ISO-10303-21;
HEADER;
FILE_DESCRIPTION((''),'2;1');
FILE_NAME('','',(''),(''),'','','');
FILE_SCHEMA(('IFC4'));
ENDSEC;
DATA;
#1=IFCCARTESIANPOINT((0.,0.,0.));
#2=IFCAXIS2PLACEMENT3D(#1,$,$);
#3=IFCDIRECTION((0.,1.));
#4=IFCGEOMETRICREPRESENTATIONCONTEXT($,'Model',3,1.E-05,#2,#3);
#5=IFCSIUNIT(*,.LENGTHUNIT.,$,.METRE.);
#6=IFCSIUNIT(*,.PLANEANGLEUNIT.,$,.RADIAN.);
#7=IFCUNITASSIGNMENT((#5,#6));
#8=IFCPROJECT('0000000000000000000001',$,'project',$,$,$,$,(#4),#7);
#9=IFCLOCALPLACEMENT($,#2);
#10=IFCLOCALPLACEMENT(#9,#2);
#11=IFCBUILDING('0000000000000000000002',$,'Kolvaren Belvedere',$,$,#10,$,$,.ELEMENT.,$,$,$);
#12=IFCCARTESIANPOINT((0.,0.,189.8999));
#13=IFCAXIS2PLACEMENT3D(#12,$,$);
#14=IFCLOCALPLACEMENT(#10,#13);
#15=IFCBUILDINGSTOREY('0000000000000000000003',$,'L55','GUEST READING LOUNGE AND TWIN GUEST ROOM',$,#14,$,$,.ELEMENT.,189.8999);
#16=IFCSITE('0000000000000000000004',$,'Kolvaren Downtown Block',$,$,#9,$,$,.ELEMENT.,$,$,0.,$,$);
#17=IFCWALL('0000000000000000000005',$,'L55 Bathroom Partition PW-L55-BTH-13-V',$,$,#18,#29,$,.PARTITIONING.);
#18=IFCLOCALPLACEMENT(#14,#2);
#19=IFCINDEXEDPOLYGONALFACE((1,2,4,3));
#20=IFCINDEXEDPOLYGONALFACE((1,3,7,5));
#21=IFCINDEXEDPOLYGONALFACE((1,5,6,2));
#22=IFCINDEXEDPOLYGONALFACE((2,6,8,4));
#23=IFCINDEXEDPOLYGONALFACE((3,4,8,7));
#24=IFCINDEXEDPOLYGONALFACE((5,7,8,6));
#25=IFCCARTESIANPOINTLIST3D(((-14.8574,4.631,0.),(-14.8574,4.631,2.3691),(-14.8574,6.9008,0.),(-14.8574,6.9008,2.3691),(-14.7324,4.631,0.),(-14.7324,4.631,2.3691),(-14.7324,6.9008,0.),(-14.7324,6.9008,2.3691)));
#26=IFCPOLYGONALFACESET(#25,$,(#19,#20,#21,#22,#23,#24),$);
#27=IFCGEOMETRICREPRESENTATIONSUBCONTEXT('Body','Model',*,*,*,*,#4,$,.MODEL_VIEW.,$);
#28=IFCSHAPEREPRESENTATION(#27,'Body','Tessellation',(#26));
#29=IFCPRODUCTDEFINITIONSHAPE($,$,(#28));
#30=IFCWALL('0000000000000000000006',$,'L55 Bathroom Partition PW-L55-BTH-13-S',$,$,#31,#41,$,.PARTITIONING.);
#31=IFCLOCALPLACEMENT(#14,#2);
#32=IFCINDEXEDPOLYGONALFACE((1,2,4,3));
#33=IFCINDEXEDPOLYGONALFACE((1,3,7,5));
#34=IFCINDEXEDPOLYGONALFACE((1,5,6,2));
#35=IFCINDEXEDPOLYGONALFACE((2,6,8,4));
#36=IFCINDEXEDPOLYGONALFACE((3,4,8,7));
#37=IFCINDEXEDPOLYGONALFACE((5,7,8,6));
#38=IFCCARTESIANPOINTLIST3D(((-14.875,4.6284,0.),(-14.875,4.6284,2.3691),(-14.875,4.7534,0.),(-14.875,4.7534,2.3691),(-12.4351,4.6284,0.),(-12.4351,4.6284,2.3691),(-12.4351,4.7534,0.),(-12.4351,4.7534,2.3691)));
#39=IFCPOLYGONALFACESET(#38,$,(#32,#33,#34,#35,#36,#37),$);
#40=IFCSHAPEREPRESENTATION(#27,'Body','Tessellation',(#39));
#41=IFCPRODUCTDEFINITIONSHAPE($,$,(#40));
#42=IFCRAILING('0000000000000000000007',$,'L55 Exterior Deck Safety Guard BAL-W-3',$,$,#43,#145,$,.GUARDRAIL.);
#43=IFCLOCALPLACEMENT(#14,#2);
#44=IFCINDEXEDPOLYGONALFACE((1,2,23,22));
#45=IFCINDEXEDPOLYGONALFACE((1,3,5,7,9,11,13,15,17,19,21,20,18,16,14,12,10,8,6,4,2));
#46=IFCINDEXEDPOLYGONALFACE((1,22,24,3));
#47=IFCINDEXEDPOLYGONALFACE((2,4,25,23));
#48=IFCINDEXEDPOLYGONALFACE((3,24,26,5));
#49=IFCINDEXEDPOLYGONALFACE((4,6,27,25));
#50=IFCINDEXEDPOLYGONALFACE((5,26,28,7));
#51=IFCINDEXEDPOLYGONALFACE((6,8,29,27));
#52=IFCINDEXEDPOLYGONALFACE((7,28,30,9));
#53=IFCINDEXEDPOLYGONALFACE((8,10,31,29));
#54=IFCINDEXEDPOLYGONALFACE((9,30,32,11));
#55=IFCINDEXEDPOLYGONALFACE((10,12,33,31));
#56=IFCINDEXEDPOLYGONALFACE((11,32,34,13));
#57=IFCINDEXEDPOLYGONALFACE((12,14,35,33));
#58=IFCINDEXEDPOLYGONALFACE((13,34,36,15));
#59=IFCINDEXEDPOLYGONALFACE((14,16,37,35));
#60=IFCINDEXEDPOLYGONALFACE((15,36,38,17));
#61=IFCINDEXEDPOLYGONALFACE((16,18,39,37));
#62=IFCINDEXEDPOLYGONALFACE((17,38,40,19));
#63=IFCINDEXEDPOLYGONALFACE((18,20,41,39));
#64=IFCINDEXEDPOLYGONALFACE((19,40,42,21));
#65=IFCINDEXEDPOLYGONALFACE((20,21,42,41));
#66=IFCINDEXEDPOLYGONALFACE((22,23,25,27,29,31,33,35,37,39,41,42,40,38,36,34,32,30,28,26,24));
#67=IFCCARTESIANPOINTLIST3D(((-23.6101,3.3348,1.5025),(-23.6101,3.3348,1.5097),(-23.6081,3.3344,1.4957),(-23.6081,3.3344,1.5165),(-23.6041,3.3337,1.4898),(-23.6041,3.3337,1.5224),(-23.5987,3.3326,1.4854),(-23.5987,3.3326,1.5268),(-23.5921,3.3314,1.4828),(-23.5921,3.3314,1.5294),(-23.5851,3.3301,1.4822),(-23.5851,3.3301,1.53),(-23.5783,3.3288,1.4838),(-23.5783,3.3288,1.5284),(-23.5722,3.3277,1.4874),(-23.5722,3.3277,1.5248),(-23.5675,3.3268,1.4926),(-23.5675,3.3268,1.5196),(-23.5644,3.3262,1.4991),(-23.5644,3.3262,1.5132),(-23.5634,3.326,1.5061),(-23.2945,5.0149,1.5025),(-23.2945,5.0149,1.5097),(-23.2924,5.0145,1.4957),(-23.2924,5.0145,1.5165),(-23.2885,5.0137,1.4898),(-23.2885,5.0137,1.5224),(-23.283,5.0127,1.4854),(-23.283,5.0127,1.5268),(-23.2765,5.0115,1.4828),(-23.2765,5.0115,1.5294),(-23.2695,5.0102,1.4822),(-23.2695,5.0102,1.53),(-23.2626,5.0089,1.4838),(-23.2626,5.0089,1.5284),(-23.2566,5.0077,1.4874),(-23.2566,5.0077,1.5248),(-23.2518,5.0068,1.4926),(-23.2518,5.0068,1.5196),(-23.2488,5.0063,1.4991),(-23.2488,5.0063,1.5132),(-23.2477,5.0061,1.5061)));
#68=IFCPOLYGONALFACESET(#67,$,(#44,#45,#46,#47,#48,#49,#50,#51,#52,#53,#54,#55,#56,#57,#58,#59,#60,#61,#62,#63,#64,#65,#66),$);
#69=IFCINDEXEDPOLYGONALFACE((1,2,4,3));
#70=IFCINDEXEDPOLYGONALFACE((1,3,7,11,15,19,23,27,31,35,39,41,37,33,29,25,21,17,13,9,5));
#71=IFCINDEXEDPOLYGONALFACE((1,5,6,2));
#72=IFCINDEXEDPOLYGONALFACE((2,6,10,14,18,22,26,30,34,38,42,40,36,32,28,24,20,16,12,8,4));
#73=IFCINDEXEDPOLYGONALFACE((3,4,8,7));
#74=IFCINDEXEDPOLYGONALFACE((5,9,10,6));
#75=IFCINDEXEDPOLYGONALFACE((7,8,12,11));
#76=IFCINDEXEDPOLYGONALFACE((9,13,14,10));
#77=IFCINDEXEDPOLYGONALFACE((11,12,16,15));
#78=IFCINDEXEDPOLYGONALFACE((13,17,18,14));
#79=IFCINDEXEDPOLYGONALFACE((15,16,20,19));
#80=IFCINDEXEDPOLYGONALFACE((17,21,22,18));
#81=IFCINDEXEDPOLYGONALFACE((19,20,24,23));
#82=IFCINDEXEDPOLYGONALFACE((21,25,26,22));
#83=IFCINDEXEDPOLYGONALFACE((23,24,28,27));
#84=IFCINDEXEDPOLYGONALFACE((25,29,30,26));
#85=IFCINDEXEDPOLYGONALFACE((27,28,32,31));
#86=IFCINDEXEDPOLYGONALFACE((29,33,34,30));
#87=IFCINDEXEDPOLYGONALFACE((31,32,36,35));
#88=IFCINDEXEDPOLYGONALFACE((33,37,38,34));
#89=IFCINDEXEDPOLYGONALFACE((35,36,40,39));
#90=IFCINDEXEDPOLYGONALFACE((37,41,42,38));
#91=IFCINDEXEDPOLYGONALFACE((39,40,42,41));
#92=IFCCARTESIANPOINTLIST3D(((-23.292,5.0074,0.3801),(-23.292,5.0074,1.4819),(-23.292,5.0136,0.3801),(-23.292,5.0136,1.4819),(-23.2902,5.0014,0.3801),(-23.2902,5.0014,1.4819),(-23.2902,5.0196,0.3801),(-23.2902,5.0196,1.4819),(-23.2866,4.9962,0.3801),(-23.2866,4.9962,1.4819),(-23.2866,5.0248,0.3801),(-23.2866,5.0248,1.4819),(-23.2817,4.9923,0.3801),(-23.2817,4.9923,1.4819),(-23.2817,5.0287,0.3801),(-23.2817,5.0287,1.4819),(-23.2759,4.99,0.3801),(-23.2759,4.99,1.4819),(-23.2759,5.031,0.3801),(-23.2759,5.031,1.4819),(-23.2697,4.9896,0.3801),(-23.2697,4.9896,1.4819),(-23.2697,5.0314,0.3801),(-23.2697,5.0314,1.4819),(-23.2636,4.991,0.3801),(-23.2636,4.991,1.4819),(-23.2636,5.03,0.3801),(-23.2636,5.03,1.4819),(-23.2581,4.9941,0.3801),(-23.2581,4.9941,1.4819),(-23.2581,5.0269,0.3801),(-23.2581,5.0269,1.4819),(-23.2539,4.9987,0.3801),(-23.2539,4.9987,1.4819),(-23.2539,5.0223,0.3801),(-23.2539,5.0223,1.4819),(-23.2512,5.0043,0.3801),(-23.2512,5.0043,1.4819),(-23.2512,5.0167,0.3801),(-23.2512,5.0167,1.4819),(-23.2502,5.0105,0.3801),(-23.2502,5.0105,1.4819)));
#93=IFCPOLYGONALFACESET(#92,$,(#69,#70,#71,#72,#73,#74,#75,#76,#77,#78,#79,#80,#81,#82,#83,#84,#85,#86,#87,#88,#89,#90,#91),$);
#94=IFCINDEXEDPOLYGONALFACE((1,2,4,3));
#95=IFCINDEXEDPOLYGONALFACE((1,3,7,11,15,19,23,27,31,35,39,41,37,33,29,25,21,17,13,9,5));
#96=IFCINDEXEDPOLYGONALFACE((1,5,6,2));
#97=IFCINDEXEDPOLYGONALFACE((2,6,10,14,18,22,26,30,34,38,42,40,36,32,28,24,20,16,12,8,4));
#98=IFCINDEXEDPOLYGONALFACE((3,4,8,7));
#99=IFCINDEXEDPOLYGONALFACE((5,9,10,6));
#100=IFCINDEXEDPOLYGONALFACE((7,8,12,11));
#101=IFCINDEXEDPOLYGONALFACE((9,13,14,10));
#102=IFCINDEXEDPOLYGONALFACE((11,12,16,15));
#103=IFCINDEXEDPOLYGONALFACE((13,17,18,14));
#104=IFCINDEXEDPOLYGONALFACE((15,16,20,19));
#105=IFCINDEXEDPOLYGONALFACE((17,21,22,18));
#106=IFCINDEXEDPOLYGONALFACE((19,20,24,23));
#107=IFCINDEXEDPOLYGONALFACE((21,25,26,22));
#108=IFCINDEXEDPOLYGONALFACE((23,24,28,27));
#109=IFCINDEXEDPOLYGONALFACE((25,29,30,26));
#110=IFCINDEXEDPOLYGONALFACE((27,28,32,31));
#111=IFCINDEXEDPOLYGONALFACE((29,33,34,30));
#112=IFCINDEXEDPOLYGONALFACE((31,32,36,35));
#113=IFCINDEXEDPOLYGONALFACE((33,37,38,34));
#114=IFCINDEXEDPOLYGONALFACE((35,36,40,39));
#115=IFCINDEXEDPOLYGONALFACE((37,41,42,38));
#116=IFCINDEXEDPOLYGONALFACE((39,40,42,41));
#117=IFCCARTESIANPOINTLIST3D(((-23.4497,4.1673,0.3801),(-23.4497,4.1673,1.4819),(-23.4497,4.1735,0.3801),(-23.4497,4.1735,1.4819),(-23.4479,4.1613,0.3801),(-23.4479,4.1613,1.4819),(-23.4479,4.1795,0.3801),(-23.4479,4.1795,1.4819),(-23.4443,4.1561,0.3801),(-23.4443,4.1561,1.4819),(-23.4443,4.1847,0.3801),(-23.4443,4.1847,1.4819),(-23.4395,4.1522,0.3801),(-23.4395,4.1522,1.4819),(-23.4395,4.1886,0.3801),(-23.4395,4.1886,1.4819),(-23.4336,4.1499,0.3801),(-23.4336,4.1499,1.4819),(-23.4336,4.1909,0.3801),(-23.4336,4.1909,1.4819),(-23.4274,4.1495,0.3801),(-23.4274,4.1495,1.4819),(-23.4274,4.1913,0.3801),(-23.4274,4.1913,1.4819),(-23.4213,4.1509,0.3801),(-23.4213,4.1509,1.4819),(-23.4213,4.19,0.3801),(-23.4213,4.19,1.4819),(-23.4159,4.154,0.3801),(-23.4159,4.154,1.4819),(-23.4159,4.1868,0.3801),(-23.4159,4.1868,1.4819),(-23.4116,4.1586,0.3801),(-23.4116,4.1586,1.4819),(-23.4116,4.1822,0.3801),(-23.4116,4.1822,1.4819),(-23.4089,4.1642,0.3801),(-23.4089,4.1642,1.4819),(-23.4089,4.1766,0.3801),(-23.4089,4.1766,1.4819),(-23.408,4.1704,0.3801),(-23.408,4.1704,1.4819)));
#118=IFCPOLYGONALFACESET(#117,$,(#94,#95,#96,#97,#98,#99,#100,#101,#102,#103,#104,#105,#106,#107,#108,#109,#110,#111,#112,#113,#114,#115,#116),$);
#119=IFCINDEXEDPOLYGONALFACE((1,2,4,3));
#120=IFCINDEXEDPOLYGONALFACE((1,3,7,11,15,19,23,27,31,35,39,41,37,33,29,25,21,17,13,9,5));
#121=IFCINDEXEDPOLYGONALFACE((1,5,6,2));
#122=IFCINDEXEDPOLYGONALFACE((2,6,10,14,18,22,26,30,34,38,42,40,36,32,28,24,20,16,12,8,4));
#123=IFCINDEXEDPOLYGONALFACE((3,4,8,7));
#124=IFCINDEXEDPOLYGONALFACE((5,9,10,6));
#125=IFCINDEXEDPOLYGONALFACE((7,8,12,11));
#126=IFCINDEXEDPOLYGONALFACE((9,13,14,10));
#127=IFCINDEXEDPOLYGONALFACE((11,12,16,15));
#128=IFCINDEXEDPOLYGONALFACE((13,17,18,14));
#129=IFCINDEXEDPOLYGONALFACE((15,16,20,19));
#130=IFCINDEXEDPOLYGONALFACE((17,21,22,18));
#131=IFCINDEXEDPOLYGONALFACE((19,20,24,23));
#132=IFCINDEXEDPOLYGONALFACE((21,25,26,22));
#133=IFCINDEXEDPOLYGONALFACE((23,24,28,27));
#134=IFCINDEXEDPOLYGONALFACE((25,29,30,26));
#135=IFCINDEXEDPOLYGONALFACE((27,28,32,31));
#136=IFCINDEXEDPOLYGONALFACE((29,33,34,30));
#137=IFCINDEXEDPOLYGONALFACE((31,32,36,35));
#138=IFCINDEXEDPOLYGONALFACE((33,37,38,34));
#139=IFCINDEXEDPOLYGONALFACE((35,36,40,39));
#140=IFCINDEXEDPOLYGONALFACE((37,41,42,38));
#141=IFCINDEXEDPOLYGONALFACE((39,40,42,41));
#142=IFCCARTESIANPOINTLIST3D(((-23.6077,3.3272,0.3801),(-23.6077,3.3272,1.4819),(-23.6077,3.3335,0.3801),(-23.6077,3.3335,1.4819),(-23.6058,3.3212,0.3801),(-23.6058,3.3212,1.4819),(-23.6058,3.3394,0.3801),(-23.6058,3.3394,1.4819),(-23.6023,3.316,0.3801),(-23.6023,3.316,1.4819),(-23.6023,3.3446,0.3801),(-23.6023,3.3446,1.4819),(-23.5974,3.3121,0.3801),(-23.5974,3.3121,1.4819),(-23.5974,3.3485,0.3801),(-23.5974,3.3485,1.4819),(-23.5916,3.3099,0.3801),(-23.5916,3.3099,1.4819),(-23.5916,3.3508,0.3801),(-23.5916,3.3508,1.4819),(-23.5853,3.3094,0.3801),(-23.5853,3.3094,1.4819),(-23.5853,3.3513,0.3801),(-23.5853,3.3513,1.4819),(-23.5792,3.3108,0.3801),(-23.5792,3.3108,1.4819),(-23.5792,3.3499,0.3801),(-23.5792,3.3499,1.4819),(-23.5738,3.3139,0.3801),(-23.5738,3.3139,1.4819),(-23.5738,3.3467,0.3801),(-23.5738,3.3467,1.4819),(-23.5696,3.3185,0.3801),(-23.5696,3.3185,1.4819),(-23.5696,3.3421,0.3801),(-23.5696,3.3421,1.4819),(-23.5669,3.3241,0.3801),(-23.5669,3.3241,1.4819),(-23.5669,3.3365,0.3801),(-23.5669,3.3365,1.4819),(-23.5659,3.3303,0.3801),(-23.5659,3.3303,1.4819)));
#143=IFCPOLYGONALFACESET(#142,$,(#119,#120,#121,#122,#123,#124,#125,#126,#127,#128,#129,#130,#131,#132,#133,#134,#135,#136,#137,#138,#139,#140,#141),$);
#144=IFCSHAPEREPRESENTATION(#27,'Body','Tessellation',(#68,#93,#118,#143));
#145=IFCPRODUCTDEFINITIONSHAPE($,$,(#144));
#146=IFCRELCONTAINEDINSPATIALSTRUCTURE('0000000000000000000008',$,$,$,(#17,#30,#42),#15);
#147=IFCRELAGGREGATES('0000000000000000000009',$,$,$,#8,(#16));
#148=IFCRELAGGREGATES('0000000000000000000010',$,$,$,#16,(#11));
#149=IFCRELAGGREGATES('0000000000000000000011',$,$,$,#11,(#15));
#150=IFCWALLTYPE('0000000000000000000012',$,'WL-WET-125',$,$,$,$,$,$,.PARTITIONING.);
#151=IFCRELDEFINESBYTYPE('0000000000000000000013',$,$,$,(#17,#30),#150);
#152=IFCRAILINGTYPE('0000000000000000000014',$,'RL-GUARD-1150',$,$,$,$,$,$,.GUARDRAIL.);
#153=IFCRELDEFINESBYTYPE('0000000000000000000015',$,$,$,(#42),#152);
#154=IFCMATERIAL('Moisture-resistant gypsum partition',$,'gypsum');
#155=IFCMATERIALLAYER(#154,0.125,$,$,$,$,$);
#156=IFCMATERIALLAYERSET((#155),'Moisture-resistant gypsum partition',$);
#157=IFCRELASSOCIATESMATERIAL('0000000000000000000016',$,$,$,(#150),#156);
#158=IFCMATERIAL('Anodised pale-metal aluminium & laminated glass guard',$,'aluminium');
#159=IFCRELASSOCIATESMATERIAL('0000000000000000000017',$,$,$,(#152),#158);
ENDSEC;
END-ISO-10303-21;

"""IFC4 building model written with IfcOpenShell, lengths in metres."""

from ifc_helpers import new_model, si_unit, direction, frame, frame_2d, origin, origin_2d, place, context, subcontext, project, spatial, rectangle, circle, extrude, material, layer, layer_set, type_object, element, save


model = new_model("IFC4")

# Units and contexts
model_context = context("Model", 3, precision=1e-05, world=origin(), true_north=direction((0.0, 1.0)))
body_context = subcontext(model_context, "Body", "Model", "MODEL_VIEW")
ifc_project = project(units=[si_unit("LENGTHUNIT", "METRE"), si_unit("PLANEANGLEUNIT", "RADIAN")], contexts=[model_context])

# Site, building, storey
site_placement = place(None, origin())
site = spatial("IfcSite", under=ifc_project, at=site_placement, Name="Kolvaren Downtown Block", CompositionType="ELEMENT", RefElevation=0.0)
building_placement = place(site_placement, origin())
building = spatial("IfcBuilding", under=site, at=building_placement, Name="Kolvaren Belvedere", CompositionType="ELEMENT")
storey_placement = place(building_placement, frame((0.0, 0.0, 189.8999)))
storey = spatial("IfcBuildingStorey", under=building, at=storey_placement, Name="L55", Description="GUEST READING LOUNGE AND TWIN GUEST ROOM", CompositionType="ELEMENT", Elevation=189.8999)

# Shared definitions
ifc_material_1 = material(Name="Moisture-resistant gypsum partition", Category="gypsum")
ifc_layer_1 = layer(ifc_material_1, 0.125)
ifc_layer_set_1 = layer_set([ifc_layer_1], Name="Moisture-resistant gypsum partition")
wall_type_1 = type_object("IfcWallType", Name="WL-WET-125", PredefinedType="PARTITIONING", material=ifc_layer_set_1)

# Walls
wall_1_placement = place(storey_placement, frame((-14.7949, 4.6311, 0.0), z_axis=(0.0, 0.0, 1.0), x_axis=(0.0, 1.0, 0.0)))
element("IfcWall", 1, at=wall_1_placement, inside=storey, type_object=wall_type_1, Name="L55 Bathroom Partition PW-L55-BTH-13-V", PredefinedType="PARTITIONING", context=body_context, shape_type="SweptSolid", body=[
    extrude(rectangle(XDim=2.2698, YDim=0.125, at=frame_2d((1.1348, 0.0))), origin(), (0.0, 0.0, 1.0), 2.3691),
])
wall_2_placement = place(storey_placement, frame((-14.875, 4.6909, 0.0), z_axis=(0.0, 0.0, 1.0), x_axis=(1.0, 0.0, 0.0)))
element("IfcWall", 2, at=wall_2_placement, inside=storey, type_object=wall_type_1, Name="L55 Bathroom Partition PW-L55-BTH-13-S", PredefinedType="PARTITIONING", context=body_context, shape_type="SweptSolid", body=[
    extrude(rectangle(XDim=2.4399, YDim=0.125, at=frame_2d((1.22, 0.0))), origin(), (0.0, 0.0, 1.0), 2.3691),
])

# Railing
ifc_material_2 = material(Name="Anodised pale-metal aluminium & laminated glass guard", Category="aluminium")
railing_type = type_object("IfcRailingType", Name="RL-GUARD-1150", PredefinedType="GUARDRAIL", material=ifc_material_2)
railing_1_placement = place(storey_placement, frame((-23.2712, 5.0105, 0.3801)))
element("IfcRailing", 3, at=railing_1_placement, inside=storey, type_object=railing_type, Name="L55 Exterior Deck Safety Guard BAL-W-3", PredefinedType="GUARDRAIL", context=body_context, shape_type="SweptSolid", body=[
    extrude(circle(Radius=0.0239, at=origin_2d()), frame((0.0, 0.0, 1.126), z_axis=(-0.184651, -0.982804, 0.0), x_axis=(0.982804, -0.184651, 0.0)), (0.0, 0.0, 1.0), 1.7095),
    extrude(circle(Radius=0.021, at=origin_2d()), origin(), (0.0, 0.0, 1.0), 1.1018),
    extrude(circle(Radius=0.021, at=origin_2d()), frame((-0.1577, -0.8401, 0.0)), (0.0, 0.0, 1.0), 1.1018),
    extrude(circle(Radius=0.021, at=origin_2d()), frame((-0.3157, -1.6802, 0.0)), (0.0, 0.0, 1.0), 1.1018),
])

save(model, "model.ifc")
